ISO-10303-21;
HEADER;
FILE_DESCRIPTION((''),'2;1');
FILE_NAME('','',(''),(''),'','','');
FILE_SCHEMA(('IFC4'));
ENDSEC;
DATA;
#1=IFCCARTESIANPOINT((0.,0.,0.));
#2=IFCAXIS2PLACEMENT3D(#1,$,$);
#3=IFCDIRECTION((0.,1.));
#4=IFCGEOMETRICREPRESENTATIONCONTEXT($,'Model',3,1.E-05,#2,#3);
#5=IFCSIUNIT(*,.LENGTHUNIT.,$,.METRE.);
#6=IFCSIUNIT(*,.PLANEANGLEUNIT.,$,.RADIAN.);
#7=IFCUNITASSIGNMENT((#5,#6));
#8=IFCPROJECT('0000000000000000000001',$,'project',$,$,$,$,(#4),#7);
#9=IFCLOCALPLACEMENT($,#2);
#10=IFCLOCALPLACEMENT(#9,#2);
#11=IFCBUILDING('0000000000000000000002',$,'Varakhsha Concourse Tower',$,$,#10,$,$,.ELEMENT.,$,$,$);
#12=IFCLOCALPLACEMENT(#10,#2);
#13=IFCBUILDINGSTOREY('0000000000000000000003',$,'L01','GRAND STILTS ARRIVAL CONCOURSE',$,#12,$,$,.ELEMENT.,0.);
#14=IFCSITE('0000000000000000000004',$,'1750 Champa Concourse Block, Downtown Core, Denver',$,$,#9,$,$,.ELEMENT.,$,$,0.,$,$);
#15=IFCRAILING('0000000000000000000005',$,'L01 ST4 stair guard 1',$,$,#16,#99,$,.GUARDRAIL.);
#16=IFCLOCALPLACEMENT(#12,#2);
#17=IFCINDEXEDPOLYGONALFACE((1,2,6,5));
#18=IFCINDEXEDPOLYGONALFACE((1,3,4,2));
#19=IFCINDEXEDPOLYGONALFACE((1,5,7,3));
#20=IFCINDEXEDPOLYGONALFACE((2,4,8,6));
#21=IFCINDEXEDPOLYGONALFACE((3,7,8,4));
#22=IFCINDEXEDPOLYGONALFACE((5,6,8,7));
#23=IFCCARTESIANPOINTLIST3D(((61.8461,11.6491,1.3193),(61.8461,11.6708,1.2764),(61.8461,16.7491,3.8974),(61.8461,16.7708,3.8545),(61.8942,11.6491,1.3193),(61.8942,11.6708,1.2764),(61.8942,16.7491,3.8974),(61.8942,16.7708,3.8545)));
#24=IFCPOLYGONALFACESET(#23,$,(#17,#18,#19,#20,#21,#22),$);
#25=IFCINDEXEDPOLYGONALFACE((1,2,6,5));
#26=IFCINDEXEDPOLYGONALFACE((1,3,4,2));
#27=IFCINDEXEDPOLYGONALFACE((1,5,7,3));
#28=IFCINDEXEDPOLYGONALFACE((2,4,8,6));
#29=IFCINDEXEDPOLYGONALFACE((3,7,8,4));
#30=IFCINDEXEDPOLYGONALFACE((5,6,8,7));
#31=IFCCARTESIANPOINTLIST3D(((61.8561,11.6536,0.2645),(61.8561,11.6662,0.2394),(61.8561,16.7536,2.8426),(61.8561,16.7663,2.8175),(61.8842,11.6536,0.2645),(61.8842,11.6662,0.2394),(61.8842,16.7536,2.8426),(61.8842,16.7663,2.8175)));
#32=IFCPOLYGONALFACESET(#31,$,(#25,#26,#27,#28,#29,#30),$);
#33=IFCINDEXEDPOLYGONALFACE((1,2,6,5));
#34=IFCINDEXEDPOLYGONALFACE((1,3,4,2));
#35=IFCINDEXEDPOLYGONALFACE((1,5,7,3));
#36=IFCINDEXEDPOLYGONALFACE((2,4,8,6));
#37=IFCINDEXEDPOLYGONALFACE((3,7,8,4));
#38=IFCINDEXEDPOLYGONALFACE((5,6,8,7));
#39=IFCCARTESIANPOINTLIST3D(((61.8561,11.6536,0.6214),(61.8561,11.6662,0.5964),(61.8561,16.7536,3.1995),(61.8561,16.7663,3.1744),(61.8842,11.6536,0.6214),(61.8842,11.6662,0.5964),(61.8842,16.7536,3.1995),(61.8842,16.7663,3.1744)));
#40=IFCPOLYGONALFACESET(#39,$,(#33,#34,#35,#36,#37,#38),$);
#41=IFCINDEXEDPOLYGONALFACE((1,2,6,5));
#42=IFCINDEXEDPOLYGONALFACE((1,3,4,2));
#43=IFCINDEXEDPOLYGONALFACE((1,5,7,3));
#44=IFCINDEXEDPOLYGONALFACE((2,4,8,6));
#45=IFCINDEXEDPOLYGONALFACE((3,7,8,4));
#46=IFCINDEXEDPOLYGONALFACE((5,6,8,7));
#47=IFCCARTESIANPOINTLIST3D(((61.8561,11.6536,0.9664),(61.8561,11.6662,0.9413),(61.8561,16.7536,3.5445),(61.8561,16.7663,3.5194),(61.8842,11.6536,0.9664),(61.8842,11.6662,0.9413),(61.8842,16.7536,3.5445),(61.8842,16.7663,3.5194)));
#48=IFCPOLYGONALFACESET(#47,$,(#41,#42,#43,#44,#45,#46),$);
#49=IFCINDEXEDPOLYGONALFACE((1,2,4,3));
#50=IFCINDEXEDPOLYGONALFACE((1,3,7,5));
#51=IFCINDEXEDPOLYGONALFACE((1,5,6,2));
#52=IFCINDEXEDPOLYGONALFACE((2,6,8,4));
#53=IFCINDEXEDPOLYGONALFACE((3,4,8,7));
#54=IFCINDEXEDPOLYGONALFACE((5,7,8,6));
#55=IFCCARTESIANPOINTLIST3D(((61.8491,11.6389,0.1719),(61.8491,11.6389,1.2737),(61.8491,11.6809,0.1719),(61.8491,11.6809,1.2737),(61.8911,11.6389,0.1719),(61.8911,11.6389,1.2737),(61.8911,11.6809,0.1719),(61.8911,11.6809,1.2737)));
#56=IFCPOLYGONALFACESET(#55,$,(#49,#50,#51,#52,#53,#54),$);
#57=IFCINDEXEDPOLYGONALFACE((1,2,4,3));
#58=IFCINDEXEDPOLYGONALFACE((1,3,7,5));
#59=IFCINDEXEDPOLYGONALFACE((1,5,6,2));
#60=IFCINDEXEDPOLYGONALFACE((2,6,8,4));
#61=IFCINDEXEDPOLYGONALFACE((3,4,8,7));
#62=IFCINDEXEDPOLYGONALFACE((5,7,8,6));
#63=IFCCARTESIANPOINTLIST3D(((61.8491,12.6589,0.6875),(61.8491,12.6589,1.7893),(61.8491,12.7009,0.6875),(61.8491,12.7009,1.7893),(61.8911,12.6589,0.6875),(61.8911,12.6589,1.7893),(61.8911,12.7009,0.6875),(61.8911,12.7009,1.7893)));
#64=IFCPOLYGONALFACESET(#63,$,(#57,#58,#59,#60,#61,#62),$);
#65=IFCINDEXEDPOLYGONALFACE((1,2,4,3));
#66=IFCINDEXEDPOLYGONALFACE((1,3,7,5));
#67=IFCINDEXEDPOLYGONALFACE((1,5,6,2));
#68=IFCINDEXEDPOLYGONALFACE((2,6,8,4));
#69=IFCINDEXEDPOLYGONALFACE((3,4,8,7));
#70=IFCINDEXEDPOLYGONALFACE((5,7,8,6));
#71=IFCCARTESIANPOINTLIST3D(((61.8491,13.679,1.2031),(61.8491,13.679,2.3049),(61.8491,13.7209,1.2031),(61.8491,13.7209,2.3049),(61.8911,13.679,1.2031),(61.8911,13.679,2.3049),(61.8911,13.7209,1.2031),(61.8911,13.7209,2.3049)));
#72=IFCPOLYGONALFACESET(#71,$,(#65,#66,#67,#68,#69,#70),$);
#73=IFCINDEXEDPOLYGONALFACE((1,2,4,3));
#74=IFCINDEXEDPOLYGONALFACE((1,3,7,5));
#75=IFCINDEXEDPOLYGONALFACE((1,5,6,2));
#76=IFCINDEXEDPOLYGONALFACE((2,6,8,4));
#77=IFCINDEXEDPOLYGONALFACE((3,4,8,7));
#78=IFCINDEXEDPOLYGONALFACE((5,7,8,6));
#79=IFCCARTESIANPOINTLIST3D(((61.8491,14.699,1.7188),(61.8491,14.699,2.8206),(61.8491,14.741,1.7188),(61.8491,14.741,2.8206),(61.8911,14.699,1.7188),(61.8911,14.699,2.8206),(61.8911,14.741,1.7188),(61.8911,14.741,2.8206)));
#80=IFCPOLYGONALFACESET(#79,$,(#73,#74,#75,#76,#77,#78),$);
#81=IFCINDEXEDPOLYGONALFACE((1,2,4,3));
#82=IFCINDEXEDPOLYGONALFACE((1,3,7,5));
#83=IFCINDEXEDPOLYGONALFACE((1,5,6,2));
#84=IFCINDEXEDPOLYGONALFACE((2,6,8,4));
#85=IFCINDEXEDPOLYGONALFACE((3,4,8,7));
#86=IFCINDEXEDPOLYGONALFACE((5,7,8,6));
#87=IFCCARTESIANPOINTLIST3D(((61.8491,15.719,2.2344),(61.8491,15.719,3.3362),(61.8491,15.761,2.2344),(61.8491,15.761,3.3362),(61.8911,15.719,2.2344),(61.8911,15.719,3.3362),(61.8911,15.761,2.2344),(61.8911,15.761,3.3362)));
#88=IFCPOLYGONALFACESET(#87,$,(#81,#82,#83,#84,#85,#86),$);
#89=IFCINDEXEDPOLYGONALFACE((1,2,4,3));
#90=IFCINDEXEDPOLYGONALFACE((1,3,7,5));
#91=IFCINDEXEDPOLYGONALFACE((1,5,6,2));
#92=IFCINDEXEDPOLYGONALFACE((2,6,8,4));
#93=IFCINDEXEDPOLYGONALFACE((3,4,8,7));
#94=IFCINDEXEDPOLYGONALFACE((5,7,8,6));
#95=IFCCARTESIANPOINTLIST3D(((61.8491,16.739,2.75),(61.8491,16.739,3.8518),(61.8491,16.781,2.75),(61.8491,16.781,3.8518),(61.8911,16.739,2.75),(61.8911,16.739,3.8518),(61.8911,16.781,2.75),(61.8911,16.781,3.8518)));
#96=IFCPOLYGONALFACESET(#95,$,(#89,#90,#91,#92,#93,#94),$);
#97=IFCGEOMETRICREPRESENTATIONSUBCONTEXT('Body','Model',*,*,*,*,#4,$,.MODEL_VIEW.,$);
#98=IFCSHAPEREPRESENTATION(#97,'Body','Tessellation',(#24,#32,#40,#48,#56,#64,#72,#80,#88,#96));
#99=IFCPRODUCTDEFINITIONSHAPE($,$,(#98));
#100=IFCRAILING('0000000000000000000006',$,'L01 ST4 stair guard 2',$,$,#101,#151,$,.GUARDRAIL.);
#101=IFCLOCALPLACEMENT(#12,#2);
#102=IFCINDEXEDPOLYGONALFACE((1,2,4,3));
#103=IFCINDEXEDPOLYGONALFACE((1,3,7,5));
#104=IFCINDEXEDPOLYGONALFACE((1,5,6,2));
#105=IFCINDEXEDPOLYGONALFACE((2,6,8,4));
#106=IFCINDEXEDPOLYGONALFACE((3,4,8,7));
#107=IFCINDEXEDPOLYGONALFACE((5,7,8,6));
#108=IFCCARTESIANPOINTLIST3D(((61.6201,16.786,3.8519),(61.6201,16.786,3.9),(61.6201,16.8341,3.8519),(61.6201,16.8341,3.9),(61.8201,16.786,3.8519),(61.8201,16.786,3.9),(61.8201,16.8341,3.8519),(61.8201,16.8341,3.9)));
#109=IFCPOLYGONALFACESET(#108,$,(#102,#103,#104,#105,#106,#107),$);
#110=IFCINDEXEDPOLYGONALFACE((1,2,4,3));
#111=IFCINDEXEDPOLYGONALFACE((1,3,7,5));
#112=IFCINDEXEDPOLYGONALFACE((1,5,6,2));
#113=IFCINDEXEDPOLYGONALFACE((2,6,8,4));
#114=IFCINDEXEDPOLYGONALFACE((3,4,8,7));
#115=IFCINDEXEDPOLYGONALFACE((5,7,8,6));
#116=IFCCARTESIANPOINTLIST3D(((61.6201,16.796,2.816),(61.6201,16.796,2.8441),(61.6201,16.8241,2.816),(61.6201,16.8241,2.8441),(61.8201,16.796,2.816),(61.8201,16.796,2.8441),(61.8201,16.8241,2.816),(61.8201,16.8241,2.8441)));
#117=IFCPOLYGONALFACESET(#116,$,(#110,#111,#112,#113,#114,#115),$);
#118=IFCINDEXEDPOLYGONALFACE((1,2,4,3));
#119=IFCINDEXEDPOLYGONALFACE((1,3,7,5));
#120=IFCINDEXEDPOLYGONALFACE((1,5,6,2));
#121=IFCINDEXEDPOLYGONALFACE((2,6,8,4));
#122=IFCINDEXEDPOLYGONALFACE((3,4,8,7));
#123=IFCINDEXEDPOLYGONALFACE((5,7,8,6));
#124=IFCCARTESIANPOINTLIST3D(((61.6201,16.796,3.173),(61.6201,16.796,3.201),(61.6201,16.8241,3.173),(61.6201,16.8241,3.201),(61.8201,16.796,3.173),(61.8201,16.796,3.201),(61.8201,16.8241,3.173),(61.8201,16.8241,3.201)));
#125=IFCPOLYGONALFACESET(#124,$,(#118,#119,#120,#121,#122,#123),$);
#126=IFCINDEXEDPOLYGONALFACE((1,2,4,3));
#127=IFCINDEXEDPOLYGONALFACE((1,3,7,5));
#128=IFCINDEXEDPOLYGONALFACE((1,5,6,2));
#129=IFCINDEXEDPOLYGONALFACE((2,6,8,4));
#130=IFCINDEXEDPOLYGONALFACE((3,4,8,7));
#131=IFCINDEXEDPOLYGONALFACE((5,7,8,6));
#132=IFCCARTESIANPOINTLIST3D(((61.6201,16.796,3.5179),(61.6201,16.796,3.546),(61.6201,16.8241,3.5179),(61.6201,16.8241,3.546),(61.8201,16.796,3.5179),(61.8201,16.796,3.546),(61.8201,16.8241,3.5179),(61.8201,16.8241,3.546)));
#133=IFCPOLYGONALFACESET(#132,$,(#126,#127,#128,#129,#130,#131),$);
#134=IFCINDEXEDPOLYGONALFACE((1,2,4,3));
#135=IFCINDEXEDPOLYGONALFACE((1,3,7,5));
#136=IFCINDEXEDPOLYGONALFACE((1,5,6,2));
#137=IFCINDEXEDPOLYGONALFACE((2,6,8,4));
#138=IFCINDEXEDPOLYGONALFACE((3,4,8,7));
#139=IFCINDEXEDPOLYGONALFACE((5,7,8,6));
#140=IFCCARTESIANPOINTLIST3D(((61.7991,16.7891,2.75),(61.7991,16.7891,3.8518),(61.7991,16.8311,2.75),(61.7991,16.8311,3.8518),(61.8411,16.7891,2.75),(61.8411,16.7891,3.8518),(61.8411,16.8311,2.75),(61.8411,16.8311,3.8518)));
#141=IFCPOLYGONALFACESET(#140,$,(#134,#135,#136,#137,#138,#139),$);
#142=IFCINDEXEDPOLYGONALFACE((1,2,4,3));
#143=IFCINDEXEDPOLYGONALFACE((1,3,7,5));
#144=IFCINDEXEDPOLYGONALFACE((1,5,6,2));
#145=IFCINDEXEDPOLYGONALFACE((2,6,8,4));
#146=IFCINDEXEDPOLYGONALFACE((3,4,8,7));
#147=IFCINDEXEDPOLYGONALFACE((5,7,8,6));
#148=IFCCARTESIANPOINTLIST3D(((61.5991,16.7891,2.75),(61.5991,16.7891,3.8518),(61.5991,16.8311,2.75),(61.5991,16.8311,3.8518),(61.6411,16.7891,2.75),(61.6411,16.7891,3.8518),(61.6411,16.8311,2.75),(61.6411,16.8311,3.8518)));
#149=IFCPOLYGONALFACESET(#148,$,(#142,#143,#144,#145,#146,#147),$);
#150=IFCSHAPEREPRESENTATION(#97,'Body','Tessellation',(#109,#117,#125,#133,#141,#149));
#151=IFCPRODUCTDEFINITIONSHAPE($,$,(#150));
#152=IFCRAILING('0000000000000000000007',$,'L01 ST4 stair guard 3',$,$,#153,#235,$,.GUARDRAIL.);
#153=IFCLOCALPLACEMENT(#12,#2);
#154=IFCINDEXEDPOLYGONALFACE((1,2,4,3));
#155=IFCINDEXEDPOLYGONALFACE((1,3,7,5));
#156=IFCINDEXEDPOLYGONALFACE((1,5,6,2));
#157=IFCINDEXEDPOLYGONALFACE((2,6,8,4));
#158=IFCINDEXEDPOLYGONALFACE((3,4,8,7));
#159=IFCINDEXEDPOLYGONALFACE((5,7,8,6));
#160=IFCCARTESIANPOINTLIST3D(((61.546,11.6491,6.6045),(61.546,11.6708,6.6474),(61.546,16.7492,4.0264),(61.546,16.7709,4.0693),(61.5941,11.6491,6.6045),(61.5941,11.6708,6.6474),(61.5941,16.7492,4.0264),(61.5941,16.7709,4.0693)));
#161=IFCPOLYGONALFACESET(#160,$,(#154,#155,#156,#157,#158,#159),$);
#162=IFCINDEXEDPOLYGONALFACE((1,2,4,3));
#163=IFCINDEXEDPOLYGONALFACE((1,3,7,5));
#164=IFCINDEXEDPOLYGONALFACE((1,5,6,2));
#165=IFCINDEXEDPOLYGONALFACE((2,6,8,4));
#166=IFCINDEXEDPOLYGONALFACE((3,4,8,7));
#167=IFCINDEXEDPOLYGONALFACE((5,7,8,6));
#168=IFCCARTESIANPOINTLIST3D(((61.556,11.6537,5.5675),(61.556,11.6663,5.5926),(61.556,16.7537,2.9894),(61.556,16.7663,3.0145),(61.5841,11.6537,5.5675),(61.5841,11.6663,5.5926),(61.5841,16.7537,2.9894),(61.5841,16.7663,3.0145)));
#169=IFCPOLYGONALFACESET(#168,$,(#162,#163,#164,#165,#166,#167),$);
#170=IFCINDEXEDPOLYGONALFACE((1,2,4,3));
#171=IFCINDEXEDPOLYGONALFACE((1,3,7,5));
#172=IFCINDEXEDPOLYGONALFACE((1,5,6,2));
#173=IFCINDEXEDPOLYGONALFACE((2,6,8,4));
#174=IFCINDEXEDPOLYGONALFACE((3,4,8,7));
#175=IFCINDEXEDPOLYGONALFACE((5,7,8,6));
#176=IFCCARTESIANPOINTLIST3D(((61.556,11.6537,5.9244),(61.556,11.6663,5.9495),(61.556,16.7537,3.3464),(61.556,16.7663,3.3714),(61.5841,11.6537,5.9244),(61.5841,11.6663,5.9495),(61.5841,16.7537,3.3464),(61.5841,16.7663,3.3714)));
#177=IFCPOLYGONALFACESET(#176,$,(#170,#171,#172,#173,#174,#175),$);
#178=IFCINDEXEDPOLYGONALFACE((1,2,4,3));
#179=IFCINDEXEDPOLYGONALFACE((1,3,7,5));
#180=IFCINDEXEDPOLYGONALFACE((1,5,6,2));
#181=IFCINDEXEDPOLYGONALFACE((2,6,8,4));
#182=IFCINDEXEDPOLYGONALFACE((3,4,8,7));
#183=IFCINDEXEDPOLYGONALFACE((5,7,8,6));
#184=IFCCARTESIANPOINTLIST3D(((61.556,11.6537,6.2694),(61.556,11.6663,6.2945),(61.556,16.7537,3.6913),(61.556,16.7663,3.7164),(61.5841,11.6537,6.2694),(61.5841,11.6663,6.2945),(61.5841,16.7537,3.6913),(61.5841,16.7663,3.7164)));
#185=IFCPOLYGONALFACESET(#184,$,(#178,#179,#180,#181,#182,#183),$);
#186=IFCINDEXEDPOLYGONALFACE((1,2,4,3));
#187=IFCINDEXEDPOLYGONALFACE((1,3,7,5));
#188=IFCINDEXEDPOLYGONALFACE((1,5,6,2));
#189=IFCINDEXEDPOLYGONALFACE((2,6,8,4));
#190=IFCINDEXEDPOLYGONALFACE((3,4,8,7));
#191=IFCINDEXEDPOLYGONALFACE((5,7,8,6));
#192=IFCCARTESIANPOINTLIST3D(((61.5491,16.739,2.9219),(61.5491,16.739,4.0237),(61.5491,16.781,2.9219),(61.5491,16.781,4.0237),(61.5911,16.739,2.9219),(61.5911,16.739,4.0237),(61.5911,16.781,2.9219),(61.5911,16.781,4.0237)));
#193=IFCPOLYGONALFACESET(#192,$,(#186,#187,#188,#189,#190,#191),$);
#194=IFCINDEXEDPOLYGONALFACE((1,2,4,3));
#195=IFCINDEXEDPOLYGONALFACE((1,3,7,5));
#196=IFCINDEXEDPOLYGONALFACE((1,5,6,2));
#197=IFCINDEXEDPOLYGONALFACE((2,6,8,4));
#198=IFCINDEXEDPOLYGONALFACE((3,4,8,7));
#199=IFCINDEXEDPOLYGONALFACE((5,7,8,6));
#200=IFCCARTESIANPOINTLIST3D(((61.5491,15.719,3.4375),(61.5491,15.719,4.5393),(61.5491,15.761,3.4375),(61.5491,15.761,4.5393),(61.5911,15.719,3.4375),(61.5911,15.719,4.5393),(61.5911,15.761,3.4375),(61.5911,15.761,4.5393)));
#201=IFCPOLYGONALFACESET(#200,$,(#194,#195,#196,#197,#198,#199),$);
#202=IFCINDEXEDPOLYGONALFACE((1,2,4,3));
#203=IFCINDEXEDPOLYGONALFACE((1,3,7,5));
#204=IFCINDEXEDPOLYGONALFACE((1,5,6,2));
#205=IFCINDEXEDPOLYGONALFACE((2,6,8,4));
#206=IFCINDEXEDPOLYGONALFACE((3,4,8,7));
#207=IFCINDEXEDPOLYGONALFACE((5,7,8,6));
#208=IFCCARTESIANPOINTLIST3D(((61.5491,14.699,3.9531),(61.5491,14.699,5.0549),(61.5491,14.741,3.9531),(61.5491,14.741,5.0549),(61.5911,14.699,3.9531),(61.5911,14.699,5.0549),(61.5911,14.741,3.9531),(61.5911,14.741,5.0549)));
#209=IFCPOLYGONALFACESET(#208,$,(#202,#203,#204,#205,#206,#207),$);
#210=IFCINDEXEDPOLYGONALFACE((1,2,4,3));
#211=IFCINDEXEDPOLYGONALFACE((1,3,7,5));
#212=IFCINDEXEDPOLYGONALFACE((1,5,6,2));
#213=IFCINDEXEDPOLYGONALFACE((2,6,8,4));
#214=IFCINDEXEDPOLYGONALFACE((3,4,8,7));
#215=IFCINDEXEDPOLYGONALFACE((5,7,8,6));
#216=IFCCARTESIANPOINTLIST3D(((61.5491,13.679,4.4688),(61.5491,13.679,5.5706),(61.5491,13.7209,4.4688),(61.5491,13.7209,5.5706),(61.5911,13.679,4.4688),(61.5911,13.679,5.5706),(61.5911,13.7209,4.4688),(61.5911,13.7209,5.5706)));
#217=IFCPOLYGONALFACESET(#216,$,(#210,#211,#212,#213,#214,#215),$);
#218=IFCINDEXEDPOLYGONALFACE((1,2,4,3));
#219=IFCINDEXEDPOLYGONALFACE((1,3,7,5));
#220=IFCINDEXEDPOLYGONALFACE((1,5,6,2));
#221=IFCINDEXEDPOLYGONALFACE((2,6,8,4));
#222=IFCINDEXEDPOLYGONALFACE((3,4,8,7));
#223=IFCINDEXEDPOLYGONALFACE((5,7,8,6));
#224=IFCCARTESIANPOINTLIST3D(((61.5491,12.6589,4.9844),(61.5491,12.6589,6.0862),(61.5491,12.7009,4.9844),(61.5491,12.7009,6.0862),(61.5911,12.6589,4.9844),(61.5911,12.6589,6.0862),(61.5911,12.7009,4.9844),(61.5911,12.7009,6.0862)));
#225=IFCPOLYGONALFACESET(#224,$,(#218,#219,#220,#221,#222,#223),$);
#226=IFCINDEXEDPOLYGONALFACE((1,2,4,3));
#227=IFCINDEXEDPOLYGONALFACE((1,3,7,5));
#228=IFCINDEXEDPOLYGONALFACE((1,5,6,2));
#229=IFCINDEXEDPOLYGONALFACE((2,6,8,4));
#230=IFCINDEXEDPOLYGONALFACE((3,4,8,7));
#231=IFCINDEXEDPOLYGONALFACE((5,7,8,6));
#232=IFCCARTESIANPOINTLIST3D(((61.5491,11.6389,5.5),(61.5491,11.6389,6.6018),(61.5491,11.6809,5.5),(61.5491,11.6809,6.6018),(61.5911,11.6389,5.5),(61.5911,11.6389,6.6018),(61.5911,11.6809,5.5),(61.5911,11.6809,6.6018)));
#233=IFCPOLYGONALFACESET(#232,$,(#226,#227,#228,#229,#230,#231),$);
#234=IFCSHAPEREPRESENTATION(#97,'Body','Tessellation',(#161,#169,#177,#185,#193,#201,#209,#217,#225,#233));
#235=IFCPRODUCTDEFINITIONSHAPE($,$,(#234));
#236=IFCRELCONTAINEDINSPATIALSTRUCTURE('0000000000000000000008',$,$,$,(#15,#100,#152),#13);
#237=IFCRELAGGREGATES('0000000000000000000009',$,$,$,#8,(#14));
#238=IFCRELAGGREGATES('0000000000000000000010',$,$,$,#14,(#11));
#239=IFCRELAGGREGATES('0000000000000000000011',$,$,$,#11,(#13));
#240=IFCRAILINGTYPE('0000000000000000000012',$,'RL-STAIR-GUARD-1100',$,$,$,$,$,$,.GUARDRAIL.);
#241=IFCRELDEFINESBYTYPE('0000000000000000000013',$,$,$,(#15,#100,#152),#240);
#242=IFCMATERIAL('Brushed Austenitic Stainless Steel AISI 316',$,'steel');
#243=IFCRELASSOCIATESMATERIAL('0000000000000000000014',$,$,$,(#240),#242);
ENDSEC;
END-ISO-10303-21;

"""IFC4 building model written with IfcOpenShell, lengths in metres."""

from ifc_helpers import new_model, si_unit, direction, frame, origin, origin_2d, place, context, subcontext, project, spatial, rectangle, extrude, material, type_object, element, save


model = new_model("IFC4")

# Units and contexts
model_context = context("Model", 3, precision=1e-05, world=origin(), true_north=direction((0.0, 1.0)))
body_context = subcontext(model_context, "Body", "Model", "MODEL_VIEW")
ifc_project = project(units=[si_unit("LENGTHUNIT", "METRE"), si_unit("PLANEANGLEUNIT", "RADIAN")], contexts=[model_context])

# Site, building, storey
site_placement = place(None, origin())
site = spatial("IfcSite", under=ifc_project, at=site_placement, Name="1750 Champa Concourse Block, Downtown Core, Denver", CompositionType="ELEMENT", RefElevation=0.0)
building_placement = place(site_placement, origin())
building = spatial("IfcBuilding", under=site, at=building_placement, Name="Varakhsha Concourse Tower", CompositionType="ELEMENT")
storey_placement = place(building_placement, origin())
storey = spatial("IfcBuildingStorey", under=building, at=storey_placement, Name="L01", Description="GRAND STILTS ARRIVAL CONCOURSE", CompositionType="ELEMENT", Elevation=0.0)

# Railings
ifc_material_1 = material(Name="Brushed Austenitic Stainless Steel AISI 316", Category="steel")
railing_type_1 = type_object("IfcRailingType", Name="RL-STAIR-GUARD-1100", PredefinedType="GUARDRAIL", material=ifc_material_1)
railing_1_placement = place(storey_placement, frame((61.8701, 11.6599, 0.1719)))
element("IfcRailing", 1, at=railing_1_placement, inside=storey, type_object=railing_type_1, Name="L01 ST4 stair guard 1", PredefinedType="GUARDRAIL", context=body_context, shape_type="SweptSolid", body=[
    extrude(rectangle(XDim=0.0481, YDim=0.0481, at=origin_2d()), frame((0.0, 0.0, 1.126), z_axis=(0.0, 0.892453, 0.45114), x_axis=(-1.0, 0.0, 0.0)), (0.0, 0.0, 1.0), 5.7146),
    extrude(rectangle(XDim=0.0281, YDim=0.0281, at=origin_2d()), frame((0.0, 0.0, 0.0801), z_axis=(0.0, 0.892453, 0.45114), x_axis=(-1.0, 0.0, 0.0)), (0.0, 0.0, 1.0), 5.7146),
    extrude(rectangle(XDim=0.0281, YDim=0.0281, at=origin_2d()), frame((0.0, 0.0, 0.437), z_axis=(0.0, 0.892453, 0.45114), x_axis=(-1.0, 0.0, 0.0)), (0.0, 0.0, 1.0), 5.7146),
    extrude(rectangle(XDim=0.0281, YDim=0.0281, at=origin_2d()), frame((0.0, 0.0, 0.782), z_axis=(0.0, 0.892453, 0.45114), x_axis=(-1.0, 0.0, 0.0)), (0.0, 0.0, 1.0), 5.7146),
    extrude(rectangle(XDim=0.042, YDim=0.042, at=origin_2d()), origin(), (0.0, 0.0, 1.0), 1.1018),
    extrude(rectangle(XDim=0.042, YDim=0.042, at=origin_2d()), frame((0.0, 1.02, 0.5156)), (0.0, 0.0, 1.0), 1.1018),
    extrude(rectangle(XDim=0.042, YDim=0.042, at=origin_2d()), frame((0.0, 2.04, 1.0312)), (0.0, 0.0, 1.0), 1.1018),
    extrude(rectangle(XDim=0.042, YDim=0.042, at=origin_2d()), frame((0.0, 3.0601, 1.5469)), (0.0, 0.0, 1.0), 1.1018),
    extrude(rectangle(XDim=0.042, YDim=0.042, at=origin_2d()), frame((0.0, 4.0801, 2.0625)), (0.0, 0.0, 1.0), 1.1018),
    extrude(rectangle(XDim=0.042, YDim=0.042, at=origin_2d()), frame((0.0, 5.1001, 2.5781)), (0.0, 0.0, 1.0), 1.1018),
])
railing_2_placement = place(storey_placement, frame((61.8201, 16.8101, 2.75)))
element("IfcRailing", 2, at=railing_2_placement, inside=storey, type_object=railing_type_1, Name="L01 ST4 stair guard 2", PredefinedType="GUARDRAIL", context=body_context, shape_type="SweptSolid", body=[
    extrude(rectangle(XDim=0.0481, YDim=0.0481, at=origin_2d()), frame((0.0, 0.0, 1.126), z_axis=(-1.0, 0.0, 0.0), x_axis=(0.0, -1.0, 0.0)), (0.0, 0.0, 1.0), 0.2),
    extrude(rectangle(XDim=0.0281, YDim=0.0281, at=origin_2d()), frame((0.0, 0.0, 0.0801), z_axis=(-1.0, 0.0, 0.0), x_axis=(0.0, -1.0, 0.0)), (0.0, 0.0, 1.0), 0.2),
    extrude(rectangle(XDim=0.0281, YDim=0.0281, at=origin_2d()), frame((0.0, 0.0, 0.437), z_axis=(-1.0, 0.0, 0.0), x_axis=(0.0, -1.0, 0.0)), (0.0, 0.0, 1.0), 0.2),
    extrude(rectangle(XDim=0.0281, YDim=0.0281, at=origin_2d()), frame((0.0, 0.0, 0.782), z_axis=(-1.0, 0.0, 0.0), x_axis=(0.0, -1.0, 0.0)), (0.0, 0.0, 1.0), 0.2),
    extrude(rectangle(XDim=0.042, YDim=0.042, at=origin_2d()), origin(), (0.0, 0.0, 1.0), 1.1018),
    extrude(rectangle(XDim=0.042, YDim=0.042, at=origin_2d()), frame((-0.2, 0.0, 0.0)), (0.0, 0.0, 1.0), 1.1018),
])
railing_3_placement = place(storey_placement, frame((61.5701, 16.76, 2.9219)))
element("IfcRailing", 3, at=railing_3_placement, inside=storey, type_object=railing_type_1, Name="L01 ST4 stair guard 3", PredefinedType="GUARDRAIL", context=body_context, shape_type="SweptSolid", body=[
    extrude(rectangle(XDim=0.0481, YDim=0.0481, at=origin_2d()), frame((0.0, 0.0, 1.126), z_axis=(0.0, -0.892453, 0.45114), x_axis=(1.0, 0.0, 0.0)), (0.0, 0.0, 1.0), 5.7146),
    extrude(rectangle(XDim=0.0281, YDim=0.0281, at=origin_2d()), frame((0.0, 0.0, 0.0801), z_axis=(0.0, -0.892453, 0.45114), x_axis=(1.0, 0.0, 0.0)), (0.0, 0.0, 1.0), 5.7146),
    extrude(rectangle(XDim=0.0281, YDim=0.0281, at=origin_2d()), frame((0.0, 0.0, 0.437), z_axis=(0.0, -0.892453, 0.45114), x_axis=(1.0, 0.0, 0.0)), (0.0, 0.0, 1.0), 5.7146),
    extrude(rectangle(XDim=0.0281, YDim=0.0281, at=origin_2d()), frame((0.0, 0.0, 0.782), z_axis=(0.0, -0.892453, 0.45114), x_axis=(1.0, 0.0, 0.0)), (0.0, 0.0, 1.0), 5.7146),
    extrude(rectangle(XDim=0.042, YDim=0.042, at=origin_2d()), origin(), (0.0, 0.0, 1.0), 1.1018),
    extrude(rectangle(XDim=0.042, YDim=0.042, at=origin_2d()), frame((0.0, -1.02, 0.5156)), (0.0, 0.0, 1.0), 1.1018),
    extrude(rectangle(XDim=0.042, YDim=0.042, at=origin_2d()), frame((0.0, -2.04, 1.0312)), (0.0, 0.0, 1.0), 1.1018),
    extrude(rectangle(XDim=0.042, YDim=0.042, at=origin_2d()), frame((0.0, -3.0601, 1.5469)), (0.0, 0.0, 1.0), 1.1018),
    extrude(rectangle(XDim=0.042, YDim=0.042, at=origin_2d()), frame((0.0, -4.0801, 2.0625)), (0.0, 0.0, 1.0), 1.1018),
    extrude(rectangle(XDim=0.042, YDim=0.042, at=origin_2d()), frame((0.0, -5.1001, 2.5781)), (0.0, 0.0, 1.0), 1.1018),
])

save(model, "model.ifc")
